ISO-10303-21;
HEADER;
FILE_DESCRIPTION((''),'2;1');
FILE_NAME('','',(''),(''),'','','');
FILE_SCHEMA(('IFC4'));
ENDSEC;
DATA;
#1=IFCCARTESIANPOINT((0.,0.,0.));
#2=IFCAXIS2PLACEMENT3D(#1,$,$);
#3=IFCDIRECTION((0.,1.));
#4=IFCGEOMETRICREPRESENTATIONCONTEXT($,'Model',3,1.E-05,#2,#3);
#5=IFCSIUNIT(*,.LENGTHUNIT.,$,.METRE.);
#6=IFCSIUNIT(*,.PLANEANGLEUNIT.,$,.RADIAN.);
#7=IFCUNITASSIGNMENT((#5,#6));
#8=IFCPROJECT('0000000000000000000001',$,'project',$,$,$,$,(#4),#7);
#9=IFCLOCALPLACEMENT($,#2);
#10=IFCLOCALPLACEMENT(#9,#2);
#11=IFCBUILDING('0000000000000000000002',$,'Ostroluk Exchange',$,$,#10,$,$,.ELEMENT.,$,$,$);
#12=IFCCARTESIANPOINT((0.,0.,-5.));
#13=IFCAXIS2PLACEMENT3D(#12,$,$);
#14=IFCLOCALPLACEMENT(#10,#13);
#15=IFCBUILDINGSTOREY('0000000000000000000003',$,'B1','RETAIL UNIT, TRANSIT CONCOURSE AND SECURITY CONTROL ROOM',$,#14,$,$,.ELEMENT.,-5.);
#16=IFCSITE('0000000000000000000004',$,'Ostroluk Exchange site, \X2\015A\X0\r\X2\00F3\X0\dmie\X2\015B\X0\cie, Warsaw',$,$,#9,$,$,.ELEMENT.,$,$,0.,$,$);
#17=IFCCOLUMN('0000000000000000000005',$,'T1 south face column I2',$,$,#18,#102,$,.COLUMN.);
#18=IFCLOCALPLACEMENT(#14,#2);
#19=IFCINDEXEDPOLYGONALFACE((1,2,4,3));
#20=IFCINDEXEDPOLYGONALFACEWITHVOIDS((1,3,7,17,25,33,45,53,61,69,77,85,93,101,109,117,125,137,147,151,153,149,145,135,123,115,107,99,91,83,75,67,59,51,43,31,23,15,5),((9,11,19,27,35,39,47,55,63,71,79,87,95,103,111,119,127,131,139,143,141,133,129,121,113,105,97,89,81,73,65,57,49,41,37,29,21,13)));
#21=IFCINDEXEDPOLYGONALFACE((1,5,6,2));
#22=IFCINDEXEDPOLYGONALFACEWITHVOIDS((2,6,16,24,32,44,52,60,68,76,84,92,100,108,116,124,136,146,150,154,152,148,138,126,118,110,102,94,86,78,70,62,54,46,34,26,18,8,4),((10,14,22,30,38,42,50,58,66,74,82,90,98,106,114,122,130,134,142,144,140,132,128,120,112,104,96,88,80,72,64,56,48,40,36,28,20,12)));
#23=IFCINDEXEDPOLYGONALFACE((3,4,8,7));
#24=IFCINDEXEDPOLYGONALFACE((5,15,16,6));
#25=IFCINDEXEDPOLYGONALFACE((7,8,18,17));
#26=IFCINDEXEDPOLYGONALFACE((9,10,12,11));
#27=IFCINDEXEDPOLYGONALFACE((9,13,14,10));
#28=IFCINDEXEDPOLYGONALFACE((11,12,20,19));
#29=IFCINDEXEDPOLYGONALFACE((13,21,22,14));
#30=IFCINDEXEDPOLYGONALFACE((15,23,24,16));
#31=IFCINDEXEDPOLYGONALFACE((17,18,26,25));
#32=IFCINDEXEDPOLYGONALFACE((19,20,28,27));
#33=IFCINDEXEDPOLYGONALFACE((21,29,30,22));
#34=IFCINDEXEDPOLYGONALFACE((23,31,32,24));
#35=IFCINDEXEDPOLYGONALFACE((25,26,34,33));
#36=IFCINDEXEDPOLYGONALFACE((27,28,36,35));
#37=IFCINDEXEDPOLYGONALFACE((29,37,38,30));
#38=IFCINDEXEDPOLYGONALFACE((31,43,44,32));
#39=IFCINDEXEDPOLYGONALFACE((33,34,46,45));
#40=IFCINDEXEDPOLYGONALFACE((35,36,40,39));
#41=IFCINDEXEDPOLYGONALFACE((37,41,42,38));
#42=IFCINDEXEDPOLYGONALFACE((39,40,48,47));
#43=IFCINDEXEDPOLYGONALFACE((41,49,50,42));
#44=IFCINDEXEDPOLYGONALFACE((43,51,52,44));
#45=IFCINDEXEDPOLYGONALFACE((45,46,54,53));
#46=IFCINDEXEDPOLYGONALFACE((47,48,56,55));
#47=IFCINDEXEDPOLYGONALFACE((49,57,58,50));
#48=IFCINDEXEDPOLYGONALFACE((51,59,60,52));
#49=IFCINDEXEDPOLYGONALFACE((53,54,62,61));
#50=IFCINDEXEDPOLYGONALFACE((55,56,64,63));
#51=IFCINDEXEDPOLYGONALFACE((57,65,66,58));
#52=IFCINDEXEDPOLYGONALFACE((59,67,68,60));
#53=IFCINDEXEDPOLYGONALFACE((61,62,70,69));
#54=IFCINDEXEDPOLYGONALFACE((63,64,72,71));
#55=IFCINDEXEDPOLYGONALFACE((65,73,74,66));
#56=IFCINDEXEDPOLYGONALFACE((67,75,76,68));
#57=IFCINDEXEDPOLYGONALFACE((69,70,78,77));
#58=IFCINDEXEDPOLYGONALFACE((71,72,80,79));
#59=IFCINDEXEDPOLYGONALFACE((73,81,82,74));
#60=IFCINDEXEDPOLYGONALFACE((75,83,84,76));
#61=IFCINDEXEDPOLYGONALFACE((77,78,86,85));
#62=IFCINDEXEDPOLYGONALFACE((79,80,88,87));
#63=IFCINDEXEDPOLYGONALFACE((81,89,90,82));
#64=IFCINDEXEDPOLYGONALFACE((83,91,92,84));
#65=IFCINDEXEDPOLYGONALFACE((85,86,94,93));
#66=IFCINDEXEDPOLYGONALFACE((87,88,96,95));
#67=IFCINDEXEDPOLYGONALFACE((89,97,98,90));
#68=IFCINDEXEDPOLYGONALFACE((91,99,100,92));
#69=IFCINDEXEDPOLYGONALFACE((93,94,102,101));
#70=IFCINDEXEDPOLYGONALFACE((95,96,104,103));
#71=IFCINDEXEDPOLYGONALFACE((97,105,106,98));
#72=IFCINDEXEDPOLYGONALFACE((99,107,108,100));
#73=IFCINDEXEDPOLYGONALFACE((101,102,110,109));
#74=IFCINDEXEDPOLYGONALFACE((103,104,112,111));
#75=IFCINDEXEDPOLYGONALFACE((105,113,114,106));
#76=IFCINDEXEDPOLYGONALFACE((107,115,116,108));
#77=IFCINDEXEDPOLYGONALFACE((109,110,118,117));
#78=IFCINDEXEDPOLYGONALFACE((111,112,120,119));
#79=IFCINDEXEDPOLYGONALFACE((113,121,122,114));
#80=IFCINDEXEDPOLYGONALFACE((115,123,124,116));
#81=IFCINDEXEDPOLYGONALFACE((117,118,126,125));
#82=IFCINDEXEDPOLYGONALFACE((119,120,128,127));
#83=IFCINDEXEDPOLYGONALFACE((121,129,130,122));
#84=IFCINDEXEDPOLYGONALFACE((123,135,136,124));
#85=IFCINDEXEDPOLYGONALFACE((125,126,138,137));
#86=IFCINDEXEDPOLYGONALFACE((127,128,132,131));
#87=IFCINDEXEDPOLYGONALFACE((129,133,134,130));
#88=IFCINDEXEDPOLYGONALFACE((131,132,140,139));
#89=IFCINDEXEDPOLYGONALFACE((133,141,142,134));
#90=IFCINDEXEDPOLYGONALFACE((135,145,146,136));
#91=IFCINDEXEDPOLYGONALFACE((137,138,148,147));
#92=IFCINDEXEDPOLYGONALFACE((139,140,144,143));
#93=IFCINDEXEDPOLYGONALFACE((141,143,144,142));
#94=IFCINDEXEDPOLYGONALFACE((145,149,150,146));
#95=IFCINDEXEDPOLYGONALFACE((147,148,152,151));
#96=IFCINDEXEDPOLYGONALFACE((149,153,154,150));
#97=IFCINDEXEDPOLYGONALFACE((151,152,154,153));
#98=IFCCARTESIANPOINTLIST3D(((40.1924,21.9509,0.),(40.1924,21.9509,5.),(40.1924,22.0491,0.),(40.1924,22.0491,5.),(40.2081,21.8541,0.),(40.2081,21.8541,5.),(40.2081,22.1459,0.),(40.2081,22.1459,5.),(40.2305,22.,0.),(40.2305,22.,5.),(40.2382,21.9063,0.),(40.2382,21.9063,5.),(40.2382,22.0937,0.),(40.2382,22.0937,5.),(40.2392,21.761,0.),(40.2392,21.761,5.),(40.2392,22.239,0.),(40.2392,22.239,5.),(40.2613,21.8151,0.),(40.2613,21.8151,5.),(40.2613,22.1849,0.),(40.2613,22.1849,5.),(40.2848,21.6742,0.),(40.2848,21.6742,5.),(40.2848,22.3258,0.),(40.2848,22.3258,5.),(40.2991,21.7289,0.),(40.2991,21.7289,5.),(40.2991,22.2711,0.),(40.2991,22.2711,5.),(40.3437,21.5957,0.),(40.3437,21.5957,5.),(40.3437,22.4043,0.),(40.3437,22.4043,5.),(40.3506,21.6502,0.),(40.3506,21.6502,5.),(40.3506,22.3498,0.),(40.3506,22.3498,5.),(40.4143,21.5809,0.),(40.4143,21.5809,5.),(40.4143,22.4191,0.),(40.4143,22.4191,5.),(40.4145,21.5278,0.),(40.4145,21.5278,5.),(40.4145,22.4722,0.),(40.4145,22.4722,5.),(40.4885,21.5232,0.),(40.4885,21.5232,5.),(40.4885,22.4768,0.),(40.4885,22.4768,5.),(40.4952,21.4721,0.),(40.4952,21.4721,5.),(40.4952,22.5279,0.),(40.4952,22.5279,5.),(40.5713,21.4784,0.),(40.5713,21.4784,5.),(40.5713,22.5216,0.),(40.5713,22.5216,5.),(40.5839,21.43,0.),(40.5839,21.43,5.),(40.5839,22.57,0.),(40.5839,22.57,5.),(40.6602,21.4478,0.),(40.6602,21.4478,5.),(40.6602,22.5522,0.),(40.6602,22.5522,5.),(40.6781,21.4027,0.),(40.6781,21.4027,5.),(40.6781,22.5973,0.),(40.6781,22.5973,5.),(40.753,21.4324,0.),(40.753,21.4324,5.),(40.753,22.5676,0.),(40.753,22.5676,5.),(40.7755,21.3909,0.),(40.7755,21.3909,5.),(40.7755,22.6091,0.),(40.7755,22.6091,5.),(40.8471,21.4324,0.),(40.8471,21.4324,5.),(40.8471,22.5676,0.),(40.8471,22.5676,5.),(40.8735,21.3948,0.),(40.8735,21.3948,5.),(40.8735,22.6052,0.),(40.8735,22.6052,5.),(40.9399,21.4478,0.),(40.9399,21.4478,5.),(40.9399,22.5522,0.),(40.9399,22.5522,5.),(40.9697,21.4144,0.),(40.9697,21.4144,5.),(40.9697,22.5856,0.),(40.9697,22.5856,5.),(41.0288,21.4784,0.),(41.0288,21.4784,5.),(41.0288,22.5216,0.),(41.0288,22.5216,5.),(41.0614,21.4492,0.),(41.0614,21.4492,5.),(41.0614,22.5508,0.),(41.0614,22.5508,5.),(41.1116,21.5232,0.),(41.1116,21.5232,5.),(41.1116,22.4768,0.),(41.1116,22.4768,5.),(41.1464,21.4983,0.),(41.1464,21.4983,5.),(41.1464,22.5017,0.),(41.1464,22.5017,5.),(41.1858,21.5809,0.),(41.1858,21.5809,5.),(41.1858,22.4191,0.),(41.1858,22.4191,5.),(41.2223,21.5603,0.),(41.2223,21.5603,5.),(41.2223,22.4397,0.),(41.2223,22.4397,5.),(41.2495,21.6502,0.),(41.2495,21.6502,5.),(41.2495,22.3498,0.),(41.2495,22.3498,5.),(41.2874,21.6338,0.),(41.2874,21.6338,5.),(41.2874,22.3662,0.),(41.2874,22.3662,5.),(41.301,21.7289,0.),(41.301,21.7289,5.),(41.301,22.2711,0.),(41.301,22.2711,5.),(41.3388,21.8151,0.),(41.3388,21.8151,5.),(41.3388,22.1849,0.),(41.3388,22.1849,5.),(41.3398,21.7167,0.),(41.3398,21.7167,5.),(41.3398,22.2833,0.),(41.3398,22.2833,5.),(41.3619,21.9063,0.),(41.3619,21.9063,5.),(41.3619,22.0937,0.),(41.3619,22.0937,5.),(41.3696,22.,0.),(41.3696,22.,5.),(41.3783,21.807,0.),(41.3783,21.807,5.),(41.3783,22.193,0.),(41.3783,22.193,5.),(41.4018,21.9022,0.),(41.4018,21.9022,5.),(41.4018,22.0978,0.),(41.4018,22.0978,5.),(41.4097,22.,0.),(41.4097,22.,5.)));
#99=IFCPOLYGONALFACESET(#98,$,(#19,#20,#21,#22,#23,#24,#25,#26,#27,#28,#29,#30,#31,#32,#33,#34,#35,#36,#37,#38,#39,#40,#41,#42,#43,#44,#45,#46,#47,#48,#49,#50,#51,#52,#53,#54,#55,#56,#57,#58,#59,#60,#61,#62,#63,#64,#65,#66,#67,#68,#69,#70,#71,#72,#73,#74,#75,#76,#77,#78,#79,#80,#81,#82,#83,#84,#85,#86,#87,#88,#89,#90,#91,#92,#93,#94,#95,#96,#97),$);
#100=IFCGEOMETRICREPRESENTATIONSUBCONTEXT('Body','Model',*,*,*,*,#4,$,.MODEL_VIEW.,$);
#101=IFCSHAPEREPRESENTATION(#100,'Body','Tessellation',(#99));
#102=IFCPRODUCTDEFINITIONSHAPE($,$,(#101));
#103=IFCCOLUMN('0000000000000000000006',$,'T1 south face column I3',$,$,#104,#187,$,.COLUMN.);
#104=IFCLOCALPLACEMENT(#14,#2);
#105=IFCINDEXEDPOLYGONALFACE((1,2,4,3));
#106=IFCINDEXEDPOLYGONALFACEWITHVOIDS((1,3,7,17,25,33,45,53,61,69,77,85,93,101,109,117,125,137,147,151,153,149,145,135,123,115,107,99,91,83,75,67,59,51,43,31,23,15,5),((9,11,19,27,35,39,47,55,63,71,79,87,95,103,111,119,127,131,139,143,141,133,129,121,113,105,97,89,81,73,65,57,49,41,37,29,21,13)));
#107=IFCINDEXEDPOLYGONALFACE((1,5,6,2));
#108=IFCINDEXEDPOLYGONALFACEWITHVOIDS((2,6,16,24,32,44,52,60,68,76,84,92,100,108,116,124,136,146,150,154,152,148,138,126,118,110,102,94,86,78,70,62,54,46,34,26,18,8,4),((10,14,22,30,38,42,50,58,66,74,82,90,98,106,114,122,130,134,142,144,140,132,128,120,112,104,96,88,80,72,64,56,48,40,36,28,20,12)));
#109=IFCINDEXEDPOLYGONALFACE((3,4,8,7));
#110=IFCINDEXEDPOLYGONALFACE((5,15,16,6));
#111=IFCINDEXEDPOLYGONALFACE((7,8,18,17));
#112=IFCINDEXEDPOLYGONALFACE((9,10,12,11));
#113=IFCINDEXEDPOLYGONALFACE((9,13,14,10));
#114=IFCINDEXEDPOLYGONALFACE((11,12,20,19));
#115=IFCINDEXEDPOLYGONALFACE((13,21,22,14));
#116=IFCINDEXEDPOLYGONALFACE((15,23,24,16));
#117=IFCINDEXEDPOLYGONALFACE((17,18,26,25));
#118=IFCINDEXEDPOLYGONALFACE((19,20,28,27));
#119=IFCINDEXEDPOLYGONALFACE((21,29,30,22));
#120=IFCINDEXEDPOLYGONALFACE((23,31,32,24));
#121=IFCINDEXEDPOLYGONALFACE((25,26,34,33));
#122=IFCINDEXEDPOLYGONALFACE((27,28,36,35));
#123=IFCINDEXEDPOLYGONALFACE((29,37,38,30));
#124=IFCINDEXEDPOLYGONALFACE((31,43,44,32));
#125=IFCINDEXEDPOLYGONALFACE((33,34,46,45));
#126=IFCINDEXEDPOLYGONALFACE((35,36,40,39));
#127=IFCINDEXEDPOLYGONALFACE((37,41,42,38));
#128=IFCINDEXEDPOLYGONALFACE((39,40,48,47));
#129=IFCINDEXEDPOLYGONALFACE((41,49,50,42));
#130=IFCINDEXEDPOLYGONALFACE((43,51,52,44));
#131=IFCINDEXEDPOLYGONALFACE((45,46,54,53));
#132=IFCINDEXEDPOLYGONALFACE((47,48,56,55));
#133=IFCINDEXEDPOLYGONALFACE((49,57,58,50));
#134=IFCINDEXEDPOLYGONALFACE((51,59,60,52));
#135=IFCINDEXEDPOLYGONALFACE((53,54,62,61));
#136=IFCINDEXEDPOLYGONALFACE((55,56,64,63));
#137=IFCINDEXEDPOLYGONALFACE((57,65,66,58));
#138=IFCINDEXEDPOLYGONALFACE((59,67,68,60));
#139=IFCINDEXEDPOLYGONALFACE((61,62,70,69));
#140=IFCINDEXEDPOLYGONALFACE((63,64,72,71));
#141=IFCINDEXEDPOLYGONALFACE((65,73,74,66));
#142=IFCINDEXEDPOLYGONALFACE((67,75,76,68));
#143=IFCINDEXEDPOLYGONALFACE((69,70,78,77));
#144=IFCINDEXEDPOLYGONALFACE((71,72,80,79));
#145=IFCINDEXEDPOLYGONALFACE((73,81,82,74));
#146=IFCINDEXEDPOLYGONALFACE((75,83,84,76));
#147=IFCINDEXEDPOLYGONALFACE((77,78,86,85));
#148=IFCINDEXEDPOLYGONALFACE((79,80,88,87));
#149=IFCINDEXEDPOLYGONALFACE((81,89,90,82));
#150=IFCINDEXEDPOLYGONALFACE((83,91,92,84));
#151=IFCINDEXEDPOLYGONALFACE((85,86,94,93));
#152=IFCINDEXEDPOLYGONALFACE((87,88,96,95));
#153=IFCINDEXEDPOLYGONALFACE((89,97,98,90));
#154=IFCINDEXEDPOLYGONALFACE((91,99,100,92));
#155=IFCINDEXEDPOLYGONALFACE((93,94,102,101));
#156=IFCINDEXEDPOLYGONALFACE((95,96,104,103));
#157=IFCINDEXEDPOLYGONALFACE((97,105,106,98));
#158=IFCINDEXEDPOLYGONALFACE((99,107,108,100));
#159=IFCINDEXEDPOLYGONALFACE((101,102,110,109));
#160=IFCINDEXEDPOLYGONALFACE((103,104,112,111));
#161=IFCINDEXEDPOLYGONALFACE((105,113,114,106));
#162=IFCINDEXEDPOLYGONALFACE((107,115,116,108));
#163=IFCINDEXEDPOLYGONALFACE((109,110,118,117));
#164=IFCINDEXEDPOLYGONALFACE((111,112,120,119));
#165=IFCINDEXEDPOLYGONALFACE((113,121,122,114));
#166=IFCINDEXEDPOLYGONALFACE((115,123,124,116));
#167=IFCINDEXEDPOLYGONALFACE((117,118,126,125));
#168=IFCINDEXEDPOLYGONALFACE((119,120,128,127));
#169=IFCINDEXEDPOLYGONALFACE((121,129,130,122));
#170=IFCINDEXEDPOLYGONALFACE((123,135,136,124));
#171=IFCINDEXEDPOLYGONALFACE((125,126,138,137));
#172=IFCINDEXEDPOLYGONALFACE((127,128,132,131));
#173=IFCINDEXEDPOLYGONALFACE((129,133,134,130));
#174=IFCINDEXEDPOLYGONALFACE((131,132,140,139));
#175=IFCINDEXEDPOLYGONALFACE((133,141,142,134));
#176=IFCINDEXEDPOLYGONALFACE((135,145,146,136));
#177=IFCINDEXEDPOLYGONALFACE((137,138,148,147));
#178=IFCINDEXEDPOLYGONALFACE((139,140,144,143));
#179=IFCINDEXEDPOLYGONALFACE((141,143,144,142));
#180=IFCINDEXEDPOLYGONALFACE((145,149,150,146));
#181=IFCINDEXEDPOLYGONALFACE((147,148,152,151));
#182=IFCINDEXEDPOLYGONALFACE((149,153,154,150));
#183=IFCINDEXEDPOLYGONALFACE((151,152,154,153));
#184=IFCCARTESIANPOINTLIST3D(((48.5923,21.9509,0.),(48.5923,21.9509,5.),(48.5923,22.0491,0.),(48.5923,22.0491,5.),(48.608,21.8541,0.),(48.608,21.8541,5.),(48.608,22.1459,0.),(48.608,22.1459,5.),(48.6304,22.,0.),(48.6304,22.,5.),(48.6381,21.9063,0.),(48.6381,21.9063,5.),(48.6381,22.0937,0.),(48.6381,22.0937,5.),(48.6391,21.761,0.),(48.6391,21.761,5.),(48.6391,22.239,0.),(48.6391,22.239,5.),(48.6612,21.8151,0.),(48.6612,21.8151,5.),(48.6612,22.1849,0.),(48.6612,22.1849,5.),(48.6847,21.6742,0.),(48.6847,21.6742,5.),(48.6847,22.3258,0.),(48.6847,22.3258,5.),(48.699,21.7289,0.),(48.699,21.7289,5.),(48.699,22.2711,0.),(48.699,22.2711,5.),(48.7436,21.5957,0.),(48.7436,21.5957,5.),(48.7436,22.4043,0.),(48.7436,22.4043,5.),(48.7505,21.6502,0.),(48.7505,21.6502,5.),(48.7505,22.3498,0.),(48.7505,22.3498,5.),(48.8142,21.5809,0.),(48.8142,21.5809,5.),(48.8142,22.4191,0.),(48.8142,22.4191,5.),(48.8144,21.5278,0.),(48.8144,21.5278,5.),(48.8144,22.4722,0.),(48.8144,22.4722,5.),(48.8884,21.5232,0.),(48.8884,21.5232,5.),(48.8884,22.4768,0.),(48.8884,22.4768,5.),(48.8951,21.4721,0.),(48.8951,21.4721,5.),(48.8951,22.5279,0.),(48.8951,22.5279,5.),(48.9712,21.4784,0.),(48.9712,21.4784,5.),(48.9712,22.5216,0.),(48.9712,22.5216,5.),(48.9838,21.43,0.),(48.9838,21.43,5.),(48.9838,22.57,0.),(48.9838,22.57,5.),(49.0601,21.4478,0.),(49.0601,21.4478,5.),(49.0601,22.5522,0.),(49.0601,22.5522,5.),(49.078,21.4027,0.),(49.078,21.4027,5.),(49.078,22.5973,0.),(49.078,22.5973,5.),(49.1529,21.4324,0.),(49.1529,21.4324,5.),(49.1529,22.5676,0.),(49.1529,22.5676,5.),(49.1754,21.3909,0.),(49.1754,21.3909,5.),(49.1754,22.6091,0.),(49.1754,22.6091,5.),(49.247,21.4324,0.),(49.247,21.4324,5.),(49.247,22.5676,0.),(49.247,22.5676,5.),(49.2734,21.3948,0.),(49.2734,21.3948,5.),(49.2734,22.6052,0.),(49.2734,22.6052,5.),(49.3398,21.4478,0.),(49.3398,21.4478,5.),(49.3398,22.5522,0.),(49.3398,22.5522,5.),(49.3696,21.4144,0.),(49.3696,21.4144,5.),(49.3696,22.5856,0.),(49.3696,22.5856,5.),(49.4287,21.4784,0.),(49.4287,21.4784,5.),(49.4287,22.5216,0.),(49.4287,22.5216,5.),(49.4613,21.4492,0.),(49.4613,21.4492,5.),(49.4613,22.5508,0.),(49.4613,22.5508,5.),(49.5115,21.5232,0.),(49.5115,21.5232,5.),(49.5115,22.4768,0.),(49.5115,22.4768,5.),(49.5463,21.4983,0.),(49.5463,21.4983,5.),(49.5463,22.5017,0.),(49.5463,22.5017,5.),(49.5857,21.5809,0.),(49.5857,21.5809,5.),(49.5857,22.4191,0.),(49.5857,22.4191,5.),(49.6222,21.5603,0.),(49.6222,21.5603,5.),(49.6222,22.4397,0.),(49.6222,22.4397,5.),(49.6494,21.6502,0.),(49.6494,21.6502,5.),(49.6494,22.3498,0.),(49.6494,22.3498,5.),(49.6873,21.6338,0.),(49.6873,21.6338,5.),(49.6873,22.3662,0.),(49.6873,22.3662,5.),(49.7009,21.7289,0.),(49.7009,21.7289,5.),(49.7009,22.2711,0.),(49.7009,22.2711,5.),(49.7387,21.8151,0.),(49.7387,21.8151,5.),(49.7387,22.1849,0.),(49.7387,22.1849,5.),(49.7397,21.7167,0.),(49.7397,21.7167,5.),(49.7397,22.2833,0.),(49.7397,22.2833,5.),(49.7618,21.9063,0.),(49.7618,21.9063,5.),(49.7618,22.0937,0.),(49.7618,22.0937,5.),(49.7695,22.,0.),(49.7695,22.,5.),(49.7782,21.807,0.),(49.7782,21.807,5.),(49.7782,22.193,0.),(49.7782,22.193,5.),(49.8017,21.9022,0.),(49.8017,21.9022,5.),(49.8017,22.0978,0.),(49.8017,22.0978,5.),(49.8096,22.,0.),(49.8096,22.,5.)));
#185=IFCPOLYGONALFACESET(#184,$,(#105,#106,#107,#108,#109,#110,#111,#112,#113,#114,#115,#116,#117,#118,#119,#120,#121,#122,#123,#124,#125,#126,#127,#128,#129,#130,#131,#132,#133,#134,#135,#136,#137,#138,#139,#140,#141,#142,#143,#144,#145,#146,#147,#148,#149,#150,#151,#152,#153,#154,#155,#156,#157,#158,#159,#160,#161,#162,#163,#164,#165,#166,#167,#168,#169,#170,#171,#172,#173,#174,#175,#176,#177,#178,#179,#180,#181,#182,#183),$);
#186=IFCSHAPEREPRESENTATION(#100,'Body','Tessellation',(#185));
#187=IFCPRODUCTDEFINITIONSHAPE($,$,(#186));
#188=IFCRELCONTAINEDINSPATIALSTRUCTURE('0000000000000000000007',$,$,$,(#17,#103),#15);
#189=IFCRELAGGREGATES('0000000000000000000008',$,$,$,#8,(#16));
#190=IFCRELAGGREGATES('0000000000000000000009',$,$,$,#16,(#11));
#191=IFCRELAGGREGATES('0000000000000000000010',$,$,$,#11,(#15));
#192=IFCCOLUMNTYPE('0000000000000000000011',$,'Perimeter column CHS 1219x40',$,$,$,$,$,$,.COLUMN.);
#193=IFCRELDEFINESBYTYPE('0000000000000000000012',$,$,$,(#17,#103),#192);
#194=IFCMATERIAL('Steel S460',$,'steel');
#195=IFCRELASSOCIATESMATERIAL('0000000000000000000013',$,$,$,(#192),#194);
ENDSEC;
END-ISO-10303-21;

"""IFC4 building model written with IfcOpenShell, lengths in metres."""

from ifc_helpers import new_model, si_unit, direction, frame, origin, origin_2d, place, context, subcontext, project, spatial, hollow_circle, extrude, material, material_profile, profile_set, type_object, element, save


model = new_model("IFC4")

# Units and contexts
model_context = context("Model", 3, precision=1e-05, world=origin(), true_north=direction((0.0, 1.0)))
body_context = subcontext(model_context, "Body", "Model", "MODEL_VIEW")
ifc_project = project(units=[si_unit("LENGTHUNIT", "METRE"), si_unit("PLANEANGLEUNIT", "RADIAN")], contexts=[model_context])

# Site, building, storey
site_placement = place(None, origin())
site = spatial("IfcSite", under=ifc_project, at=site_placement, Name="Ostroluk Exchange site, Śródmieście, Warsaw", CompositionType="ELEMENT", RefElevation=0.0)
building_placement = place(site_placement, origin())
building = spatial("IfcBuilding", under=site, at=building_placement, Name="Ostroluk Exchange", CompositionType="ELEMENT")
storey_placement = place(building_placement, frame((0.0, 0.0, -5.0)))
storey = spatial("IfcBuildingStorey", under=building, at=storey_placement, Name="B1", Description="RETAIL UNIT, TRANSIT CONCOURSE AND SECURITY CONTROL ROOM", CompositionType="ELEMENT", Elevation=-5.0)

# Columns
ifc_material_1 = material(Name="Steel S460", Category="steel")
ifc_material_profile_1 = material_profile(ifc_material_1, hollow_circle(Radius=0.6096, WallThickness=0.04, at=origin_2d()), Name="CHS 1219x40")
ifc_profile_set_1 = profile_set([ifc_material_profile_1], Name="Steel S460")
column_type_1 = type_object("IfcColumnType", Name="Perimeter column CHS 1219x40", PredefinedType="COLUMN", material=ifc_profile_set_1)
for number, where, z_axis, x_axis, name in (
    (1, (40.8, 22.0, 0.0), (0.0, 0.0, 1.0), (1.0, 0.0, 0.0), "T1 south face column I2"),
    (2, (49.2, 22.0, 0.0), (0.0, 0.0, 1.0), (1.0, 0.0, 0.0), "T1 south face column I3"),
):
    element("IfcColumn", number, at=place(storey_placement, frame(where, z_axis=z_axis, x_axis=x_axis)), inside=storey, type_object=column_type_1, Name=name, PredefinedType="COLUMN", context=body_context, shape_type="SweptSolid", body=[
        extrude(hollow_circle(Radius=0.6096, WallThickness=0.04, at=origin_2d()), origin(), (0.0, 0.0, 1.0), 5.0),
    ])

save(model, "model.ifc")
